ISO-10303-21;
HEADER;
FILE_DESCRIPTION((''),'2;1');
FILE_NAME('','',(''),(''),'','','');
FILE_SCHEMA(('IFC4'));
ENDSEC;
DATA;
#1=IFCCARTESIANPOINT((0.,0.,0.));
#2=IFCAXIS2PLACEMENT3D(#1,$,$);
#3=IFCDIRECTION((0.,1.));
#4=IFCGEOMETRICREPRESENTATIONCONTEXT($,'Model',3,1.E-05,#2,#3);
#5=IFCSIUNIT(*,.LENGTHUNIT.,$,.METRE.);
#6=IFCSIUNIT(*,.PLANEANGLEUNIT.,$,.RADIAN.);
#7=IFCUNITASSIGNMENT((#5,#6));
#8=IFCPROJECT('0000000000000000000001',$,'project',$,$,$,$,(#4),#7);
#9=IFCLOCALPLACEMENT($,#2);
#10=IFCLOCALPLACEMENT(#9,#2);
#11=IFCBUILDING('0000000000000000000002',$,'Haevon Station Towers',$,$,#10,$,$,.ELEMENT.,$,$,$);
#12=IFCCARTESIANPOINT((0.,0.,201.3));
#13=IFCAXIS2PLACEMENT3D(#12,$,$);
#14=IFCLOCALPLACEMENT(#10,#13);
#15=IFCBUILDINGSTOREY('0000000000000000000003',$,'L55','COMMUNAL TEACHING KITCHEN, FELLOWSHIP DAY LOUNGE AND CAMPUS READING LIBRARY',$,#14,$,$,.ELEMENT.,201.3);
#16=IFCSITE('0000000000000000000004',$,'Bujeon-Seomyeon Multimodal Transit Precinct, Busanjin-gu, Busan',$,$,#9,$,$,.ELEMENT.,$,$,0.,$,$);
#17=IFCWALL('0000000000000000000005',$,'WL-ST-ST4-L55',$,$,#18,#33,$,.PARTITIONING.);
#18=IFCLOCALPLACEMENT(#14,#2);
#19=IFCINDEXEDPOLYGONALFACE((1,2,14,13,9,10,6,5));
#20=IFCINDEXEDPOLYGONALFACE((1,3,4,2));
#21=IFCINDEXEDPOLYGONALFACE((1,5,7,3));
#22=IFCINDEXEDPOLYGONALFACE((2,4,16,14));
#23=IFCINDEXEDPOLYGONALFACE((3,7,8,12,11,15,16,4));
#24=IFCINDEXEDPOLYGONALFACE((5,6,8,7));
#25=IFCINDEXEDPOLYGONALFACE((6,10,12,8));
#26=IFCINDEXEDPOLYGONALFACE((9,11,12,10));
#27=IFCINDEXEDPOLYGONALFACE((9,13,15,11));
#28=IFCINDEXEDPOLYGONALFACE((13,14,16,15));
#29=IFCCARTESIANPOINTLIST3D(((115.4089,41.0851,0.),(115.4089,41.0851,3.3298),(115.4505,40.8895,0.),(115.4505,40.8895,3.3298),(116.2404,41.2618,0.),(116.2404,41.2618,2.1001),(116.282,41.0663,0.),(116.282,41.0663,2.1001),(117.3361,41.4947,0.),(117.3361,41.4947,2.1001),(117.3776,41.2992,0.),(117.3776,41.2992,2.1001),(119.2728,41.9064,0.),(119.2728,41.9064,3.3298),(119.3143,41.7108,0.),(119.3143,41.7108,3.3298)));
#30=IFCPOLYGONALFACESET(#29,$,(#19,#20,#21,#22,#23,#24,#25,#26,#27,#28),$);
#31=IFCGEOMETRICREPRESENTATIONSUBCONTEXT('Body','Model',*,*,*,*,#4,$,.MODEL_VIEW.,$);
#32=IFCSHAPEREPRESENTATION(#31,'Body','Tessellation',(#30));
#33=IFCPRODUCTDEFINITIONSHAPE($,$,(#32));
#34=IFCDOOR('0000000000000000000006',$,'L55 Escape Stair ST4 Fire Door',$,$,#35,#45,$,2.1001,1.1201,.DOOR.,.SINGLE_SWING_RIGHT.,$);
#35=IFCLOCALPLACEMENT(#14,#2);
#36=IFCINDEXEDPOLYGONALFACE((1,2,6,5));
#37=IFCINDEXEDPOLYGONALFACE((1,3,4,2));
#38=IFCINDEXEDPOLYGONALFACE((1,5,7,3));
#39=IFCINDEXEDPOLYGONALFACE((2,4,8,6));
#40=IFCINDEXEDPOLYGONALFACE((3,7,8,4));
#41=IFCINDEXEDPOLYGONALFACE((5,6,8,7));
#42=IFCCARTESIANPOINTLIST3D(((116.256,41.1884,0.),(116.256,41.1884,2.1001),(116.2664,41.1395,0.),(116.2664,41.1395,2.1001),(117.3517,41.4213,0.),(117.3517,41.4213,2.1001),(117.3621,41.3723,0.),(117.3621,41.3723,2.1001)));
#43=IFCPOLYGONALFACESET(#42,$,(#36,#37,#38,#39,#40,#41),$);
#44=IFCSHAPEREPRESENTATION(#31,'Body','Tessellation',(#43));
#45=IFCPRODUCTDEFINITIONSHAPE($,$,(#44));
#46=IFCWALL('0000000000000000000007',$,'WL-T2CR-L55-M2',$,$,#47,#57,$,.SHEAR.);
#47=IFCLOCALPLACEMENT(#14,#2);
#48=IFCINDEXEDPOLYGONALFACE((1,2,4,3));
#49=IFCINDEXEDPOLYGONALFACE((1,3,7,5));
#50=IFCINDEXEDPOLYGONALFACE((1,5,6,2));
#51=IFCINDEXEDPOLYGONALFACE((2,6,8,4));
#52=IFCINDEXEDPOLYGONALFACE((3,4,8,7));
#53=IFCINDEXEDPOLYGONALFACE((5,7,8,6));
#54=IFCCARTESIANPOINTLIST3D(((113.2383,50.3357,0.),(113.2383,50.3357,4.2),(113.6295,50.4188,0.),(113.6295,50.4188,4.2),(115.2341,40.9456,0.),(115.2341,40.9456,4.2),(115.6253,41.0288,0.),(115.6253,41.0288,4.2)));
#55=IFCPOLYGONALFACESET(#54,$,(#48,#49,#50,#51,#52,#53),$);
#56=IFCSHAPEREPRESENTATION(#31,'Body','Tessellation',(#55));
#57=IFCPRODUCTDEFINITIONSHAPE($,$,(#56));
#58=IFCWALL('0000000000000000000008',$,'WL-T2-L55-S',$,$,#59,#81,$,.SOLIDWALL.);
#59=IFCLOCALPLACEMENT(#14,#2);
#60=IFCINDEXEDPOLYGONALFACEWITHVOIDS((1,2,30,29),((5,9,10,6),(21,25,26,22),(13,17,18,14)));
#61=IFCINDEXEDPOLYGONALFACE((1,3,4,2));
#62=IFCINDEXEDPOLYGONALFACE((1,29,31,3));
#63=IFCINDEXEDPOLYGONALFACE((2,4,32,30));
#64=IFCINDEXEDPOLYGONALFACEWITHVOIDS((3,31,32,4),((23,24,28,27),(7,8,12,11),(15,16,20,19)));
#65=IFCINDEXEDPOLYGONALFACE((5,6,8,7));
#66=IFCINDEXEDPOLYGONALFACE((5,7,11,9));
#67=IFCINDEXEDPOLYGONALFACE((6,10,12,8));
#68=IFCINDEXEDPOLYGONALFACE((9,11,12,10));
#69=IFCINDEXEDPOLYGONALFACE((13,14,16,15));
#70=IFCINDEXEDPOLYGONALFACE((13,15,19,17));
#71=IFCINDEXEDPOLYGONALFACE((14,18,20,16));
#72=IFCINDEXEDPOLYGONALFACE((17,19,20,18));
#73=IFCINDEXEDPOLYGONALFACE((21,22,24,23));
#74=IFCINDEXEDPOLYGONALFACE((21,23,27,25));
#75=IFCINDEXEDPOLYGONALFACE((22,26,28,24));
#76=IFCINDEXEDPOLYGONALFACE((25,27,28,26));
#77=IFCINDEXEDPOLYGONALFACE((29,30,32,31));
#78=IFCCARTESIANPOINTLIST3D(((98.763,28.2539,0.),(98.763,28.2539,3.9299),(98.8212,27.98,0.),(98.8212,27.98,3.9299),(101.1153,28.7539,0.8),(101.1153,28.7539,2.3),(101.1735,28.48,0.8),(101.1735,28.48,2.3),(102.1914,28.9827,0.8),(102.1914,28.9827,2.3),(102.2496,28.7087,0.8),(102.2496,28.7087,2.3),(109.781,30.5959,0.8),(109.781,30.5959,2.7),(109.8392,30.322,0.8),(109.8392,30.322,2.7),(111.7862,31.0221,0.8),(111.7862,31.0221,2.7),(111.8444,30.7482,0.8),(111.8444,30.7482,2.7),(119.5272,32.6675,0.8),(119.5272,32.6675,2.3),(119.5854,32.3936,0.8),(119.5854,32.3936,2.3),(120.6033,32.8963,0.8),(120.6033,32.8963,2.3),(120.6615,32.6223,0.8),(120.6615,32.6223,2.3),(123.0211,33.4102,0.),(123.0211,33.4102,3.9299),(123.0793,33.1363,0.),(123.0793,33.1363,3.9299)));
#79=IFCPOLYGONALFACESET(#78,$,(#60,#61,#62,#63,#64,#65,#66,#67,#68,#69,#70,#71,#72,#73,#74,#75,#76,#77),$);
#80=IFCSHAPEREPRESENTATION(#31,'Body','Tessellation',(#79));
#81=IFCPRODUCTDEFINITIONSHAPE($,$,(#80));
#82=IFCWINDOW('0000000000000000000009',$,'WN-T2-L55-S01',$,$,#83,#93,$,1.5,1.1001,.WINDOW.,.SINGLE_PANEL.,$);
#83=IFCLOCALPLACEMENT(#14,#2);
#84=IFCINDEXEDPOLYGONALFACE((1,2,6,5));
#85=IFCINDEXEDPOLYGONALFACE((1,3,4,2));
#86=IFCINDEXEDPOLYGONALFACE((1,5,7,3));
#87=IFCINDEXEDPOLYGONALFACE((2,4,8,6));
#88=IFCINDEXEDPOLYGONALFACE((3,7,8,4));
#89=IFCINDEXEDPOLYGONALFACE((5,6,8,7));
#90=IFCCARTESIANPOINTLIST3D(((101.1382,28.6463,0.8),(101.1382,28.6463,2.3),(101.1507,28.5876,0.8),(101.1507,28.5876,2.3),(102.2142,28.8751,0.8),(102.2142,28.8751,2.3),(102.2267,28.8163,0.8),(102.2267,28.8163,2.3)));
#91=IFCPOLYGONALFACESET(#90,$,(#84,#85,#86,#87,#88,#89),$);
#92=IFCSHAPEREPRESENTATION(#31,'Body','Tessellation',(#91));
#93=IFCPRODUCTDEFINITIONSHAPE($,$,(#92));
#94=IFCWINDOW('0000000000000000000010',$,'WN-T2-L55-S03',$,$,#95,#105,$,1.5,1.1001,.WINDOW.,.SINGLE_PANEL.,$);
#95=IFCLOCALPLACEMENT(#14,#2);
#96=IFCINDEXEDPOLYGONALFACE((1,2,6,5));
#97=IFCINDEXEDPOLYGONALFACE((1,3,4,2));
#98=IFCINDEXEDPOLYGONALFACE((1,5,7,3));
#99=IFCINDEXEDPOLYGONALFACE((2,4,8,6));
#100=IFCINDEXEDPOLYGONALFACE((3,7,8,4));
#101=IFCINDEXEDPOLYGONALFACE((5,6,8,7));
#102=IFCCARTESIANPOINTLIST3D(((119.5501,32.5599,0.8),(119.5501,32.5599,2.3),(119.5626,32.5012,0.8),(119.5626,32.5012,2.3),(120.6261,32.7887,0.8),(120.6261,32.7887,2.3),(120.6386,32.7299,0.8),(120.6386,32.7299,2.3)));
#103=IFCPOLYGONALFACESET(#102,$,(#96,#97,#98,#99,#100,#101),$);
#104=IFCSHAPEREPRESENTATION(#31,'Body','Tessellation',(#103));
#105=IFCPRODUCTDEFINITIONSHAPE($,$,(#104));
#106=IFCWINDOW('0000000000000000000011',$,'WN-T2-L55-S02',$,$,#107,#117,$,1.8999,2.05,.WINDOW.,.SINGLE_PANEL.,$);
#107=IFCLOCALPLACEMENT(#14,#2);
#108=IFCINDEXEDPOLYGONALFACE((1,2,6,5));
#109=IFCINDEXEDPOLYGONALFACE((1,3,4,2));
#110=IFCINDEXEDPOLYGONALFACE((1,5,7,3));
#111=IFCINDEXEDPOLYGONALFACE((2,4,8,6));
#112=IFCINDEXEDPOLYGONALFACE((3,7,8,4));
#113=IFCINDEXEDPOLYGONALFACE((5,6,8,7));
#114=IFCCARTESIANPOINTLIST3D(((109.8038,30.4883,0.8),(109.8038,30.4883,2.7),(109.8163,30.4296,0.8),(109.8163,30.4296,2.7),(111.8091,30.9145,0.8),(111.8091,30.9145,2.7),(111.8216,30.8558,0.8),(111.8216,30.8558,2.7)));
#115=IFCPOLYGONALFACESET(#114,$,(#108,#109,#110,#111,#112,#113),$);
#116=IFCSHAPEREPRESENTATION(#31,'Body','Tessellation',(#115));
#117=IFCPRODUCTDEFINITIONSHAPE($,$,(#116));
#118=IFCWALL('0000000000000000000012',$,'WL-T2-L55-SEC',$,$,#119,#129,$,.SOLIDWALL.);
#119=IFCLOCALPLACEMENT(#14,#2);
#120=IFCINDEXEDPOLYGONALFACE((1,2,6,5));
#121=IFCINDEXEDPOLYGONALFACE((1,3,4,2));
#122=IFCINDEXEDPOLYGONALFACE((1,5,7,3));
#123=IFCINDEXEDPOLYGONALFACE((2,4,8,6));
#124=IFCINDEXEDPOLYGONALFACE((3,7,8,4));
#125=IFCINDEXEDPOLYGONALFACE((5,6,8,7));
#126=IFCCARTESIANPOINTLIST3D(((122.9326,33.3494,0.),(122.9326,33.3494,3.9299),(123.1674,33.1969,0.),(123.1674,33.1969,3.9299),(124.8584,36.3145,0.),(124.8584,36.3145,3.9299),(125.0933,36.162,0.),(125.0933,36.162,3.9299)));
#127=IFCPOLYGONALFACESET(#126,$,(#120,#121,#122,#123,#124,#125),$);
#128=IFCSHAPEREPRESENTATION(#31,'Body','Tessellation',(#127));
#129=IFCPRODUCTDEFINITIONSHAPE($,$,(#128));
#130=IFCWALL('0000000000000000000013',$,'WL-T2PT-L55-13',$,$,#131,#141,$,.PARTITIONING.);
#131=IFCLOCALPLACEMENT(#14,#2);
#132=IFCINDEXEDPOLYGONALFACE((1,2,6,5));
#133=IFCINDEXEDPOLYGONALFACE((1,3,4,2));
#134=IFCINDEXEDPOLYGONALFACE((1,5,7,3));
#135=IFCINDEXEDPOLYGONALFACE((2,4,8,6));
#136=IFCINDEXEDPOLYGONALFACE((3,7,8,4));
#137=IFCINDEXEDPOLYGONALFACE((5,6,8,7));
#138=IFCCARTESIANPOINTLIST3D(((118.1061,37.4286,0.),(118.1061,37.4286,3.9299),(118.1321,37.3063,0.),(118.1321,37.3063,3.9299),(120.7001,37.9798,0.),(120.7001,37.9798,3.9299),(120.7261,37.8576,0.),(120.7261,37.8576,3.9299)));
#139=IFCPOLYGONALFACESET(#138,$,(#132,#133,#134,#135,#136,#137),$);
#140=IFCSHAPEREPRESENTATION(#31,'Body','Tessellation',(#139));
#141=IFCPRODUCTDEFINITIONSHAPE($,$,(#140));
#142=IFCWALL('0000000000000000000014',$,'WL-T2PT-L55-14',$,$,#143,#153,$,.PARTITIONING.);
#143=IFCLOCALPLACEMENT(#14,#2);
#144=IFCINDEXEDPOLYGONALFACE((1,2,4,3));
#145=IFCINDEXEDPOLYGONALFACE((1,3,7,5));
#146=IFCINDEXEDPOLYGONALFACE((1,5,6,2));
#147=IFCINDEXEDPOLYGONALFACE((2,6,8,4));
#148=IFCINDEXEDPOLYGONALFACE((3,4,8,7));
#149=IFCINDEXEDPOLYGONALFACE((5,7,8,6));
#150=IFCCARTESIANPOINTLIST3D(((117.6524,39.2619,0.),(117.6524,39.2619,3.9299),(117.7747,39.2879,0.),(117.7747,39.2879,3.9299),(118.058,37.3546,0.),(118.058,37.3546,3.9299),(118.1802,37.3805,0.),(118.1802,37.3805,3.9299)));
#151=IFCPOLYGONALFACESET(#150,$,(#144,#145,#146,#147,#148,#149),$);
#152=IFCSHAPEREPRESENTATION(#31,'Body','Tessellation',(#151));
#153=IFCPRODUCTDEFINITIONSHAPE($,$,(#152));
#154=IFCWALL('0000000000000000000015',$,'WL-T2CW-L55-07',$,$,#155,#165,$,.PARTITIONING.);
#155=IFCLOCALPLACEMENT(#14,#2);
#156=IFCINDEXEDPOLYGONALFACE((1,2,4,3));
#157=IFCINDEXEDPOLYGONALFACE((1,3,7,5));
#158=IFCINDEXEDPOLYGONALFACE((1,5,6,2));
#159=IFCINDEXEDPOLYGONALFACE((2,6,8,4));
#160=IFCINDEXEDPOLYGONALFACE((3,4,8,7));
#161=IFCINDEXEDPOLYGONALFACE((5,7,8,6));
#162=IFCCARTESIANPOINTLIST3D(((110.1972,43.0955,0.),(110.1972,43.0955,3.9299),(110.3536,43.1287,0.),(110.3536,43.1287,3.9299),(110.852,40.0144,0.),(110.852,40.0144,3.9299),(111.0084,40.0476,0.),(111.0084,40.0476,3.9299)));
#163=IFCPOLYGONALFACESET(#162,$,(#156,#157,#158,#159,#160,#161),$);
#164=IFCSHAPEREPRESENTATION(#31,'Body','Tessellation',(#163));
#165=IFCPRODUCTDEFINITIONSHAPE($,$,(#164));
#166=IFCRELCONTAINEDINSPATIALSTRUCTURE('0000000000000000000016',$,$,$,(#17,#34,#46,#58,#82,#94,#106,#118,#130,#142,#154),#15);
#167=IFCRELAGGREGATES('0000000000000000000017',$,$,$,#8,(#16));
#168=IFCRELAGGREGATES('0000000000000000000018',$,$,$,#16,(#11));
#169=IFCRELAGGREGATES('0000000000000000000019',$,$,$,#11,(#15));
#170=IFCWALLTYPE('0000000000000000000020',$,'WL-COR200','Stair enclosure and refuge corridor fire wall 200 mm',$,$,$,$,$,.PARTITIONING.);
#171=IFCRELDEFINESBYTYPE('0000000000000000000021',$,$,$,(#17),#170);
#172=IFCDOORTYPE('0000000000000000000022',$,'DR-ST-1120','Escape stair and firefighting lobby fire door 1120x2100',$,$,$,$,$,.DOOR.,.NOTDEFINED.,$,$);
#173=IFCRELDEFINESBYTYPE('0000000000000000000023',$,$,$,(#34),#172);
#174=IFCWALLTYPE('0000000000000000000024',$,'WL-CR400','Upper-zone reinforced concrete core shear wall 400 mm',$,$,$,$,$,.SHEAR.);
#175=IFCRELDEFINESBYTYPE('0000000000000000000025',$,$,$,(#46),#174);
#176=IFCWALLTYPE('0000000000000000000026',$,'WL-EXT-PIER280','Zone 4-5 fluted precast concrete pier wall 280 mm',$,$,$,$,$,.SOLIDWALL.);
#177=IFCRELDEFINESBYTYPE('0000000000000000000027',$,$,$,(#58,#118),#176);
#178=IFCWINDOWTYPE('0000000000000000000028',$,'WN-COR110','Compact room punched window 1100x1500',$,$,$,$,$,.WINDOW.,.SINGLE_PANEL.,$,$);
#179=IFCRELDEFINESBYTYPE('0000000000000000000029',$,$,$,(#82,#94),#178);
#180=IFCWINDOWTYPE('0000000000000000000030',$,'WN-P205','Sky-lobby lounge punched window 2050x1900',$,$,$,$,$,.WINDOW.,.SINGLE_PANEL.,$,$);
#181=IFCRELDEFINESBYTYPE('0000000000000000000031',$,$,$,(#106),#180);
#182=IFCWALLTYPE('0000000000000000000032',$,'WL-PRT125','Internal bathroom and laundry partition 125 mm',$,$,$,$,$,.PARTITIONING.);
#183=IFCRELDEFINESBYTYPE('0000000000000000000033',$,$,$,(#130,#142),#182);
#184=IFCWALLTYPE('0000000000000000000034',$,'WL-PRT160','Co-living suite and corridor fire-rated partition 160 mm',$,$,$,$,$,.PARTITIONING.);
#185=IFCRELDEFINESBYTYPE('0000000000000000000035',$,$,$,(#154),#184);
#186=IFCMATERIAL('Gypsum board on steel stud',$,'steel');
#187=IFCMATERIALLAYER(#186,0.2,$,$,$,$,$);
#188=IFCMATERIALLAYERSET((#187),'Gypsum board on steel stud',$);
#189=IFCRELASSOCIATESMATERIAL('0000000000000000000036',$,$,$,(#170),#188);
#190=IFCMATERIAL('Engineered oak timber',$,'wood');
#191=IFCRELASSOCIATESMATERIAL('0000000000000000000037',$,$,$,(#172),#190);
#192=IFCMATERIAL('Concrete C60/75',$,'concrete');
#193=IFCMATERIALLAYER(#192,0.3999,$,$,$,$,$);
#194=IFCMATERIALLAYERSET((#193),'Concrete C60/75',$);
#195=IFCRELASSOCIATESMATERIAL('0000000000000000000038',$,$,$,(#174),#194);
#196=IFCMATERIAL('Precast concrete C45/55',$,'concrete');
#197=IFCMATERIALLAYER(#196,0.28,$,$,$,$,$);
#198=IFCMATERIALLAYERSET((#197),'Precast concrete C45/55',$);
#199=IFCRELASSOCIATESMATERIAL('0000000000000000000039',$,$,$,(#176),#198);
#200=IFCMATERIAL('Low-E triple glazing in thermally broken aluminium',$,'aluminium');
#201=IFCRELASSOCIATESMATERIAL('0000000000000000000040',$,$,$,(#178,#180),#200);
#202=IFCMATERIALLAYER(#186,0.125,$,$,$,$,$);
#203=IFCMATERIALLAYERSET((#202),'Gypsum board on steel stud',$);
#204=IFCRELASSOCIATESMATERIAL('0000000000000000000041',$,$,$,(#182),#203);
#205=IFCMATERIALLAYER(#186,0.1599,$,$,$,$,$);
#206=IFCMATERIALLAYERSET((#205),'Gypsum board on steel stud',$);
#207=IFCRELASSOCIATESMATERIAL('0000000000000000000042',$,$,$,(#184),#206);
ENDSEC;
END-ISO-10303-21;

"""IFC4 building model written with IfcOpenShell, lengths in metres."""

from ifc_helpers import new_model, si_unit, direction, frame, frame_2d, origin, place, context, subcontext, project, spatial, rectangle, extrude, material, layer, layer_set, type_object, element, fill, save


model = new_model("IFC4")

# Units and contexts
model_context = context("Model", 3, precision=1e-05, world=origin(), true_north=direction((0.0, 1.0)))
body_context = subcontext(model_context, "Body", "Model", "MODEL_VIEW")
ifc_project = project(units=[si_unit("LENGTHUNIT", "METRE"), si_unit("PLANEANGLEUNIT", "RADIAN")], contexts=[model_context])

# Site, building, storey
site_placement = place(None, origin())
site = spatial("IfcSite", under=ifc_project, at=site_placement, Name="Bujeon-Seomyeon Multimodal Transit Precinct, Busanjin-gu, Busan", CompositionType="ELEMENT", RefElevation=0.0)
building_placement = place(site_placement, origin())
building = spatial("IfcBuilding", under=site, at=building_placement, Name="Haevon Station Towers", CompositionType="ELEMENT")
storey_placement = place(building_placement, frame((0.0, 0.0, 201.3)))
storey = spatial("IfcBuildingStorey", under=building, at=storey_placement, Name="L55", Description="COMMUNAL TEACHING KITCHEN, FELLOWSHIP DAY LOUNGE AND CAMPUS READING LIBRARY", CompositionType="ELEMENT", Elevation=201.3)

# Shared definitions
ifc_material_1 = material(Name="Gypsum board on steel stud", Category="steel")

# Wall, opening, door
ifc_layer_1 = layer(ifc_material_1, 0.2)
ifc_layer_set_1 = layer_set([ifc_layer_1], Name="Gypsum board on steel stud")
wall_type_1 = type_object("IfcWallType", Name="WL-COR200", Description="Stair enclosure and refuge corridor fire wall 200 mm", PredefinedType="PARTITIONING", material=ifc_layer_set_1)
wall_1_placement = place(storey_placement, frame((115.4297, 40.9873, 0.0), z_axis=(0.0, 0.0, 1.0), x_axis=(0.978147, 0.207916, 0.0)))
wall_1 = element("IfcWall", 1, at=wall_1_placement, inside=storey, type_object=wall_type_1, Name="WL-ST-ST4-L55", PredefinedType="PARTITIONING", context=body_context, shape_type="SweptSolid", body=[
    extrude(rectangle(XDim=3.9502, YDim=0.2, at=frame_2d((1.9751, 0.0))), origin(), (0.0, 0.0, 1.0), 3.3298),
])
opening_1_placement = place(wall_1_placement, frame((0.8501, 0.0, 0.0)))
opening_1 = element("IfcOpeningElement", 2, at=opening_1_placement, cuts=wall_1, PredefinedType="OPENING", context=body_context, shape_type="SweptSolid", body=[
    extrude(rectangle(XDim=1.1201, YDim=2.1001, at=frame_2d((0.5601, 1.05))), frame((0.0, 0.1099, 0.0), z_axis=(0.0, -1.0, 0.0), x_axis=(1.0, 0.0, 0.0)), (0.0, 0.0, 1.0), 0.22),
])
ifc_material_2 = material(Name="Engineered oak timber", Category="wood")
door_type_1 = type_object("IfcDoorType", Name="DR-ST-1120", Description="Escape stair and firefighting lobby fire door 1120x2100", OperationType="NOTDEFINED", PredefinedType="DOOR", material=ifc_material_2)
door_1_placement = place(opening_1_placement, origin())
door_1 = element("IfcDoor", 3, at=door_1_placement, inside=storey, type_object=door_type_1, Name="L55 Escape Stair ST4 Fire Door", OperationType="SINGLE_SWING_RIGHT", OverallHeight=2.1001, OverallWidth=1.1201, PredefinedType="DOOR", context=body_context, shape_type="SweptSolid", body=[
    extrude(rectangle(XDim=1.1201, YDim=2.1001, at=frame_2d((0.5601, 1.05))), frame((0.0, 0.0249, 0.0), z_axis=(0.0, -1.0, 0.0), x_axis=(1.0, 0.0, 0.0)), (0.0, 0.0, 1.0), 0.05),
])
fill(opening_1, door_1)

# Wall
ifc_material_3 = material(Name="Concrete C60/75", Category="concrete")
ifc_layer_2 = layer(ifc_material_3, 0.3999)
ifc_layer_set_2 = layer_set([ifc_layer_2], Name="Concrete C60/75")
wall_type_2 = type_object("IfcWallType", Name="WL-CR400", Description="Upper-zone reinforced concrete core shear wall 400 mm", PredefinedType="SHEAR", material=ifc_layer_set_2)
wall_2_placement = place(storey_placement, frame((115.4297, 40.9873, 0.0), z_axis=(0.0, 0.0, 1.0), x_axis=(-0.207903, 0.978149, 0.0)))
element("IfcWall", 4, at=wall_2_placement, inside=storey, type_object=wall_type_2, Name="WL-T2CR-L55-M2", PredefinedType="SHEAR", context=body_context, shape_type="SweptSolid", body=[
    extrude(rectangle(XDim=9.5999, YDim=0.3999, at=frame_2d((4.7998, 0.0))), origin(), (0.0, 0.0, 1.0), 4.2),
])

# Wall, openings, windows
ifc_material_4 = material(Name="Precast concrete C45/55", Category="concrete")
ifc_layer_3 = layer(ifc_material_4, 0.28)
ifc_layer_set_3 = layer_set([ifc_layer_3], Name="Precast concrete C45/55")
wall_type_3 = type_object("IfcWallType", Name="WL-EXT-PIER280", Description="Zone 4-5 fluted precast concrete pier wall 280 mm", PredefinedType="SOLIDWALL", material=ifc_layer_set_3)
wall_3_placement = place(storey_placement, frame((123.05, 33.2732, 0.0), z_axis=(0.0, 0.0, 1.0), x_axis=(-0.978147, -0.207913, 0.0)))
wall_3 = element("IfcWall", 5, at=wall_3_placement, inside=storey, type_object=wall_type_3, Name="WL-T2-L55-S", PredefinedType="SOLIDWALL", context=body_context, shape_type="SweptSolid", body=[
    extrude(rectangle(XDim=24.8, YDim=0.28, at=frame_2d((12.3999, 0.0))), origin(), (0.0, 0.0, 1.0), 3.9299),
])
opening_2_placement = place(wall_3_placement, frame((21.2949, 0.0, 0.8)))
opening_2 = element("IfcOpeningElement", 6, at=opening_2_placement, cuts=wall_3, PredefinedType="OPENING", context=body_context, shape_type="SweptSolid", body=[
    extrude(rectangle(XDim=1.1001, YDim=1.5, at=frame_2d((0.55, 0.75))), frame((0.0, 0.1499, 0.0), z_axis=(0.0, -1.0, 0.0), x_axis=(1.0, 0.0, 0.0)), (0.0, 0.0, 1.0), 0.3),
])
opening_3_placement = place(wall_3_placement, frame((11.4858, 0.0, 0.8)))
opening_3 = element("IfcOpeningElement", 7, at=opening_3_placement, cuts=wall_3, PredefinedType="OPENING", context=body_context, shape_type="SweptSolid", body=[
    extrude(rectangle(XDim=2.05, YDim=1.8999, at=frame_2d((1.0249, 0.95))), frame((0.0, 0.1499, 0.0), z_axis=(0.0, -1.0, 0.0), x_axis=(1.0, 0.0, 0.0)), (0.0, 0.0, 1.0), 0.3),
])
opening_4_placement = place(wall_3_placement, frame((2.4717, 0.0, 0.8)))
opening_4 = element("IfcOpeningElement", 8, at=opening_4_placement, cuts=wall_3, PredefinedType="OPENING", context=body_context, shape_type="SweptSolid", body=[
    extrude(rectangle(XDim=1.1001, YDim=1.5, at=frame_2d((0.55, 0.75))), frame((0.0, 0.1499, 0.0), z_axis=(0.0, -1.0, 0.0), x_axis=(1.0, 0.0, 0.0)), (0.0, 0.0, 1.0), 0.3),
])
ifc_material_5 = material(Name="Low-E triple glazing in thermally broken aluminium", Category="aluminium")
window_type_1 = type_object("IfcWindowType", Name="WN-COR110", Description="Compact room punched window 1100x1500", PartitioningType="SINGLE_PANEL", PredefinedType="WINDOW", material=ifc_material_5)
window_1_placement = place(opening_2_placement, origin())
window_1 = element("IfcWindow", 9, at=window_1_placement, inside=storey, type_object=window_type_1, Name="WN-T2-L55-S01", OverallHeight=1.5, OverallWidth=1.1001, PartitioningType="SINGLE_PANEL", PredefinedType="WINDOW", context=body_context, shape_type="SweptSolid", body=[
    extrude(rectangle(XDim=1.1001, YDim=1.5, at=frame_2d((0.55, 0.75))), frame((0.0, 0.03, 0.0), z_axis=(0.0, -1.0, 0.0), x_axis=(1.0, 0.0, 0.0)), (0.0, 0.0, 1.0), 0.0601),
])
fill(opening_2, window_1)
window_2_placement = place(opening_4_placement, origin())
window_2 = element("IfcWindow", 10, at=window_2_placement, inside=storey, type_object=window_type_1, Name="WN-T2-L55-S03", OverallHeight=1.5, OverallWidth=1.1001, PartitioningType="SINGLE_PANEL", PredefinedType="WINDOW", context=body_context, shape_type="SweptSolid", body=[
    extrude(rectangle(XDim=1.1001, YDim=1.5, at=frame_2d((0.55, 0.75))), frame((0.0, 0.03, 0.0), z_axis=(0.0, -1.0, 0.0), x_axis=(1.0, 0.0, 0.0)), (0.0, 0.0, 1.0), 0.0601),
])
fill(opening_4, window_2)
window_type_2 = type_object("IfcWindowType", Name="WN-P205", Description="Sky-lobby lounge punched window 2050x1900", PartitioningType="SINGLE_PANEL", PredefinedType="WINDOW", material=ifc_material_5)
window_3_placement = place(opening_3_placement, origin())
window_3 = element("IfcWindow", 11, at=window_3_placement, inside=storey, type_object=window_type_2, Name="WN-T2-L55-S02", OverallHeight=1.8999, OverallWidth=2.05, PartitioningType="SINGLE_PANEL", PredefinedType="WINDOW", context=body_context, shape_type="SweptSolid", body=[
    extrude(rectangle(XDim=2.05, YDim=1.8999, at=frame_2d((1.0249, 0.95))), frame((0.0, 0.03, 0.0), z_axis=(0.0, -1.0, 0.0), x_axis=(1.0, 0.0, 0.0)), (0.0, 0.0, 1.0), 0.0601),
])
fill(opening_3, window_3)

# Walls
wall_4_placement = place(storey_placement, frame((124.9758, 36.2383, 0.0), z_axis=(0.0, 0.0, 1.0), x_axis=(-0.544685, -0.838641, 0.0)))
element("IfcWall", 12, at=wall_4_placement, inside=storey, type_object=wall_type_3, Name="WL-T2-L55-SEC", PredefinedType="SOLIDWALL", context=body_context, shape_type="SweptSolid", body=[
    extrude(rectangle(XDim=3.5356, YDim=0.28, at=frame_2d((1.7678, 0.0))), origin(), (0.0, 0.0, 1.0), 3.9299),
])
ifc_layer_4 = layer(ifc_material_1, 0.125)
ifc_layer_set_4 = layer_set([ifc_layer_4], Name="Gypsum board on steel stud")
wall_type_4 = type_object("IfcWallType", Name="WL-PRT125", Description="Internal bathroom and laundry partition 125 mm", PredefinedType="PARTITIONING", material=ifc_layer_set_4)
wall_5_placement = place(storey_placement, frame((118.1191, 37.3674, 0.0), z_axis=(0.0, 0.0, 1.0), x_axis=(0.978155, 0.207875, 0.0)))
element("IfcWall", 13, at=wall_5_placement, inside=storey, type_object=wall_type_4, Name="WL-T2PT-L55-13", PredefinedType="PARTITIONING", context=body_context, shape_type="SweptSolid", body=[
    extrude(rectangle(XDim=2.6519, YDim=0.125, at=frame_2d((1.3259, 0.0))), origin(), (0.0, 0.0, 1.0), 3.9299),
])
wall_6_placement = place(storey_placement, frame((118.1191, 37.3674, 0.0), z_axis=(0.0, 0.0, 1.0), x_axis=(-0.207973, 0.978135, 0.0)))
element("IfcWall", 14, at=wall_6_placement, inside=storey, type_object=wall_type_4, Name="WL-T2PT-L55-14", PredefinedType="PARTITIONING", context=body_context, shape_type="SweptSolid", body=[
    extrude(rectangle(XDim=1.95, YDim=0.125, at=frame_2d((0.9751, 0.0))), origin(), (0.0, 0.0, 1.0), 3.9299),
])
ifc_layer_5 = layer(ifc_material_1, 0.1599)
ifc_layer_set_5 = layer_set([ifc_layer_5], Name="Gypsum board on steel stud")
wall_type_5 = type_object("IfcWallType", Name="WL-PRT160", Description="Co-living suite and corridor fire-rated partition 160 mm", PredefinedType="PARTITIONING", material=ifc_layer_set_5)
wall_7_placement = place(storey_placement, frame((110.9302, 40.031, 0.0), z_axis=(0.0, 0.0, 1.0), x_axis=(-0.207877, 0.978155, 0.0)))
element("IfcWall", 15, at=wall_7_placement, inside=storey, type_object=wall_type_5, Name="WL-T2CW-L55-07", PredefinedType="PARTITIONING", context=body_context, shape_type="SweptSolid", body=[
    extrude(rectangle(XDim=3.1499, YDim=0.1599, at=frame_2d((1.575, 0.0))), origin(), (0.0, 0.0, 1.0), 3.9299),
])

save(model, "model.ifc")
